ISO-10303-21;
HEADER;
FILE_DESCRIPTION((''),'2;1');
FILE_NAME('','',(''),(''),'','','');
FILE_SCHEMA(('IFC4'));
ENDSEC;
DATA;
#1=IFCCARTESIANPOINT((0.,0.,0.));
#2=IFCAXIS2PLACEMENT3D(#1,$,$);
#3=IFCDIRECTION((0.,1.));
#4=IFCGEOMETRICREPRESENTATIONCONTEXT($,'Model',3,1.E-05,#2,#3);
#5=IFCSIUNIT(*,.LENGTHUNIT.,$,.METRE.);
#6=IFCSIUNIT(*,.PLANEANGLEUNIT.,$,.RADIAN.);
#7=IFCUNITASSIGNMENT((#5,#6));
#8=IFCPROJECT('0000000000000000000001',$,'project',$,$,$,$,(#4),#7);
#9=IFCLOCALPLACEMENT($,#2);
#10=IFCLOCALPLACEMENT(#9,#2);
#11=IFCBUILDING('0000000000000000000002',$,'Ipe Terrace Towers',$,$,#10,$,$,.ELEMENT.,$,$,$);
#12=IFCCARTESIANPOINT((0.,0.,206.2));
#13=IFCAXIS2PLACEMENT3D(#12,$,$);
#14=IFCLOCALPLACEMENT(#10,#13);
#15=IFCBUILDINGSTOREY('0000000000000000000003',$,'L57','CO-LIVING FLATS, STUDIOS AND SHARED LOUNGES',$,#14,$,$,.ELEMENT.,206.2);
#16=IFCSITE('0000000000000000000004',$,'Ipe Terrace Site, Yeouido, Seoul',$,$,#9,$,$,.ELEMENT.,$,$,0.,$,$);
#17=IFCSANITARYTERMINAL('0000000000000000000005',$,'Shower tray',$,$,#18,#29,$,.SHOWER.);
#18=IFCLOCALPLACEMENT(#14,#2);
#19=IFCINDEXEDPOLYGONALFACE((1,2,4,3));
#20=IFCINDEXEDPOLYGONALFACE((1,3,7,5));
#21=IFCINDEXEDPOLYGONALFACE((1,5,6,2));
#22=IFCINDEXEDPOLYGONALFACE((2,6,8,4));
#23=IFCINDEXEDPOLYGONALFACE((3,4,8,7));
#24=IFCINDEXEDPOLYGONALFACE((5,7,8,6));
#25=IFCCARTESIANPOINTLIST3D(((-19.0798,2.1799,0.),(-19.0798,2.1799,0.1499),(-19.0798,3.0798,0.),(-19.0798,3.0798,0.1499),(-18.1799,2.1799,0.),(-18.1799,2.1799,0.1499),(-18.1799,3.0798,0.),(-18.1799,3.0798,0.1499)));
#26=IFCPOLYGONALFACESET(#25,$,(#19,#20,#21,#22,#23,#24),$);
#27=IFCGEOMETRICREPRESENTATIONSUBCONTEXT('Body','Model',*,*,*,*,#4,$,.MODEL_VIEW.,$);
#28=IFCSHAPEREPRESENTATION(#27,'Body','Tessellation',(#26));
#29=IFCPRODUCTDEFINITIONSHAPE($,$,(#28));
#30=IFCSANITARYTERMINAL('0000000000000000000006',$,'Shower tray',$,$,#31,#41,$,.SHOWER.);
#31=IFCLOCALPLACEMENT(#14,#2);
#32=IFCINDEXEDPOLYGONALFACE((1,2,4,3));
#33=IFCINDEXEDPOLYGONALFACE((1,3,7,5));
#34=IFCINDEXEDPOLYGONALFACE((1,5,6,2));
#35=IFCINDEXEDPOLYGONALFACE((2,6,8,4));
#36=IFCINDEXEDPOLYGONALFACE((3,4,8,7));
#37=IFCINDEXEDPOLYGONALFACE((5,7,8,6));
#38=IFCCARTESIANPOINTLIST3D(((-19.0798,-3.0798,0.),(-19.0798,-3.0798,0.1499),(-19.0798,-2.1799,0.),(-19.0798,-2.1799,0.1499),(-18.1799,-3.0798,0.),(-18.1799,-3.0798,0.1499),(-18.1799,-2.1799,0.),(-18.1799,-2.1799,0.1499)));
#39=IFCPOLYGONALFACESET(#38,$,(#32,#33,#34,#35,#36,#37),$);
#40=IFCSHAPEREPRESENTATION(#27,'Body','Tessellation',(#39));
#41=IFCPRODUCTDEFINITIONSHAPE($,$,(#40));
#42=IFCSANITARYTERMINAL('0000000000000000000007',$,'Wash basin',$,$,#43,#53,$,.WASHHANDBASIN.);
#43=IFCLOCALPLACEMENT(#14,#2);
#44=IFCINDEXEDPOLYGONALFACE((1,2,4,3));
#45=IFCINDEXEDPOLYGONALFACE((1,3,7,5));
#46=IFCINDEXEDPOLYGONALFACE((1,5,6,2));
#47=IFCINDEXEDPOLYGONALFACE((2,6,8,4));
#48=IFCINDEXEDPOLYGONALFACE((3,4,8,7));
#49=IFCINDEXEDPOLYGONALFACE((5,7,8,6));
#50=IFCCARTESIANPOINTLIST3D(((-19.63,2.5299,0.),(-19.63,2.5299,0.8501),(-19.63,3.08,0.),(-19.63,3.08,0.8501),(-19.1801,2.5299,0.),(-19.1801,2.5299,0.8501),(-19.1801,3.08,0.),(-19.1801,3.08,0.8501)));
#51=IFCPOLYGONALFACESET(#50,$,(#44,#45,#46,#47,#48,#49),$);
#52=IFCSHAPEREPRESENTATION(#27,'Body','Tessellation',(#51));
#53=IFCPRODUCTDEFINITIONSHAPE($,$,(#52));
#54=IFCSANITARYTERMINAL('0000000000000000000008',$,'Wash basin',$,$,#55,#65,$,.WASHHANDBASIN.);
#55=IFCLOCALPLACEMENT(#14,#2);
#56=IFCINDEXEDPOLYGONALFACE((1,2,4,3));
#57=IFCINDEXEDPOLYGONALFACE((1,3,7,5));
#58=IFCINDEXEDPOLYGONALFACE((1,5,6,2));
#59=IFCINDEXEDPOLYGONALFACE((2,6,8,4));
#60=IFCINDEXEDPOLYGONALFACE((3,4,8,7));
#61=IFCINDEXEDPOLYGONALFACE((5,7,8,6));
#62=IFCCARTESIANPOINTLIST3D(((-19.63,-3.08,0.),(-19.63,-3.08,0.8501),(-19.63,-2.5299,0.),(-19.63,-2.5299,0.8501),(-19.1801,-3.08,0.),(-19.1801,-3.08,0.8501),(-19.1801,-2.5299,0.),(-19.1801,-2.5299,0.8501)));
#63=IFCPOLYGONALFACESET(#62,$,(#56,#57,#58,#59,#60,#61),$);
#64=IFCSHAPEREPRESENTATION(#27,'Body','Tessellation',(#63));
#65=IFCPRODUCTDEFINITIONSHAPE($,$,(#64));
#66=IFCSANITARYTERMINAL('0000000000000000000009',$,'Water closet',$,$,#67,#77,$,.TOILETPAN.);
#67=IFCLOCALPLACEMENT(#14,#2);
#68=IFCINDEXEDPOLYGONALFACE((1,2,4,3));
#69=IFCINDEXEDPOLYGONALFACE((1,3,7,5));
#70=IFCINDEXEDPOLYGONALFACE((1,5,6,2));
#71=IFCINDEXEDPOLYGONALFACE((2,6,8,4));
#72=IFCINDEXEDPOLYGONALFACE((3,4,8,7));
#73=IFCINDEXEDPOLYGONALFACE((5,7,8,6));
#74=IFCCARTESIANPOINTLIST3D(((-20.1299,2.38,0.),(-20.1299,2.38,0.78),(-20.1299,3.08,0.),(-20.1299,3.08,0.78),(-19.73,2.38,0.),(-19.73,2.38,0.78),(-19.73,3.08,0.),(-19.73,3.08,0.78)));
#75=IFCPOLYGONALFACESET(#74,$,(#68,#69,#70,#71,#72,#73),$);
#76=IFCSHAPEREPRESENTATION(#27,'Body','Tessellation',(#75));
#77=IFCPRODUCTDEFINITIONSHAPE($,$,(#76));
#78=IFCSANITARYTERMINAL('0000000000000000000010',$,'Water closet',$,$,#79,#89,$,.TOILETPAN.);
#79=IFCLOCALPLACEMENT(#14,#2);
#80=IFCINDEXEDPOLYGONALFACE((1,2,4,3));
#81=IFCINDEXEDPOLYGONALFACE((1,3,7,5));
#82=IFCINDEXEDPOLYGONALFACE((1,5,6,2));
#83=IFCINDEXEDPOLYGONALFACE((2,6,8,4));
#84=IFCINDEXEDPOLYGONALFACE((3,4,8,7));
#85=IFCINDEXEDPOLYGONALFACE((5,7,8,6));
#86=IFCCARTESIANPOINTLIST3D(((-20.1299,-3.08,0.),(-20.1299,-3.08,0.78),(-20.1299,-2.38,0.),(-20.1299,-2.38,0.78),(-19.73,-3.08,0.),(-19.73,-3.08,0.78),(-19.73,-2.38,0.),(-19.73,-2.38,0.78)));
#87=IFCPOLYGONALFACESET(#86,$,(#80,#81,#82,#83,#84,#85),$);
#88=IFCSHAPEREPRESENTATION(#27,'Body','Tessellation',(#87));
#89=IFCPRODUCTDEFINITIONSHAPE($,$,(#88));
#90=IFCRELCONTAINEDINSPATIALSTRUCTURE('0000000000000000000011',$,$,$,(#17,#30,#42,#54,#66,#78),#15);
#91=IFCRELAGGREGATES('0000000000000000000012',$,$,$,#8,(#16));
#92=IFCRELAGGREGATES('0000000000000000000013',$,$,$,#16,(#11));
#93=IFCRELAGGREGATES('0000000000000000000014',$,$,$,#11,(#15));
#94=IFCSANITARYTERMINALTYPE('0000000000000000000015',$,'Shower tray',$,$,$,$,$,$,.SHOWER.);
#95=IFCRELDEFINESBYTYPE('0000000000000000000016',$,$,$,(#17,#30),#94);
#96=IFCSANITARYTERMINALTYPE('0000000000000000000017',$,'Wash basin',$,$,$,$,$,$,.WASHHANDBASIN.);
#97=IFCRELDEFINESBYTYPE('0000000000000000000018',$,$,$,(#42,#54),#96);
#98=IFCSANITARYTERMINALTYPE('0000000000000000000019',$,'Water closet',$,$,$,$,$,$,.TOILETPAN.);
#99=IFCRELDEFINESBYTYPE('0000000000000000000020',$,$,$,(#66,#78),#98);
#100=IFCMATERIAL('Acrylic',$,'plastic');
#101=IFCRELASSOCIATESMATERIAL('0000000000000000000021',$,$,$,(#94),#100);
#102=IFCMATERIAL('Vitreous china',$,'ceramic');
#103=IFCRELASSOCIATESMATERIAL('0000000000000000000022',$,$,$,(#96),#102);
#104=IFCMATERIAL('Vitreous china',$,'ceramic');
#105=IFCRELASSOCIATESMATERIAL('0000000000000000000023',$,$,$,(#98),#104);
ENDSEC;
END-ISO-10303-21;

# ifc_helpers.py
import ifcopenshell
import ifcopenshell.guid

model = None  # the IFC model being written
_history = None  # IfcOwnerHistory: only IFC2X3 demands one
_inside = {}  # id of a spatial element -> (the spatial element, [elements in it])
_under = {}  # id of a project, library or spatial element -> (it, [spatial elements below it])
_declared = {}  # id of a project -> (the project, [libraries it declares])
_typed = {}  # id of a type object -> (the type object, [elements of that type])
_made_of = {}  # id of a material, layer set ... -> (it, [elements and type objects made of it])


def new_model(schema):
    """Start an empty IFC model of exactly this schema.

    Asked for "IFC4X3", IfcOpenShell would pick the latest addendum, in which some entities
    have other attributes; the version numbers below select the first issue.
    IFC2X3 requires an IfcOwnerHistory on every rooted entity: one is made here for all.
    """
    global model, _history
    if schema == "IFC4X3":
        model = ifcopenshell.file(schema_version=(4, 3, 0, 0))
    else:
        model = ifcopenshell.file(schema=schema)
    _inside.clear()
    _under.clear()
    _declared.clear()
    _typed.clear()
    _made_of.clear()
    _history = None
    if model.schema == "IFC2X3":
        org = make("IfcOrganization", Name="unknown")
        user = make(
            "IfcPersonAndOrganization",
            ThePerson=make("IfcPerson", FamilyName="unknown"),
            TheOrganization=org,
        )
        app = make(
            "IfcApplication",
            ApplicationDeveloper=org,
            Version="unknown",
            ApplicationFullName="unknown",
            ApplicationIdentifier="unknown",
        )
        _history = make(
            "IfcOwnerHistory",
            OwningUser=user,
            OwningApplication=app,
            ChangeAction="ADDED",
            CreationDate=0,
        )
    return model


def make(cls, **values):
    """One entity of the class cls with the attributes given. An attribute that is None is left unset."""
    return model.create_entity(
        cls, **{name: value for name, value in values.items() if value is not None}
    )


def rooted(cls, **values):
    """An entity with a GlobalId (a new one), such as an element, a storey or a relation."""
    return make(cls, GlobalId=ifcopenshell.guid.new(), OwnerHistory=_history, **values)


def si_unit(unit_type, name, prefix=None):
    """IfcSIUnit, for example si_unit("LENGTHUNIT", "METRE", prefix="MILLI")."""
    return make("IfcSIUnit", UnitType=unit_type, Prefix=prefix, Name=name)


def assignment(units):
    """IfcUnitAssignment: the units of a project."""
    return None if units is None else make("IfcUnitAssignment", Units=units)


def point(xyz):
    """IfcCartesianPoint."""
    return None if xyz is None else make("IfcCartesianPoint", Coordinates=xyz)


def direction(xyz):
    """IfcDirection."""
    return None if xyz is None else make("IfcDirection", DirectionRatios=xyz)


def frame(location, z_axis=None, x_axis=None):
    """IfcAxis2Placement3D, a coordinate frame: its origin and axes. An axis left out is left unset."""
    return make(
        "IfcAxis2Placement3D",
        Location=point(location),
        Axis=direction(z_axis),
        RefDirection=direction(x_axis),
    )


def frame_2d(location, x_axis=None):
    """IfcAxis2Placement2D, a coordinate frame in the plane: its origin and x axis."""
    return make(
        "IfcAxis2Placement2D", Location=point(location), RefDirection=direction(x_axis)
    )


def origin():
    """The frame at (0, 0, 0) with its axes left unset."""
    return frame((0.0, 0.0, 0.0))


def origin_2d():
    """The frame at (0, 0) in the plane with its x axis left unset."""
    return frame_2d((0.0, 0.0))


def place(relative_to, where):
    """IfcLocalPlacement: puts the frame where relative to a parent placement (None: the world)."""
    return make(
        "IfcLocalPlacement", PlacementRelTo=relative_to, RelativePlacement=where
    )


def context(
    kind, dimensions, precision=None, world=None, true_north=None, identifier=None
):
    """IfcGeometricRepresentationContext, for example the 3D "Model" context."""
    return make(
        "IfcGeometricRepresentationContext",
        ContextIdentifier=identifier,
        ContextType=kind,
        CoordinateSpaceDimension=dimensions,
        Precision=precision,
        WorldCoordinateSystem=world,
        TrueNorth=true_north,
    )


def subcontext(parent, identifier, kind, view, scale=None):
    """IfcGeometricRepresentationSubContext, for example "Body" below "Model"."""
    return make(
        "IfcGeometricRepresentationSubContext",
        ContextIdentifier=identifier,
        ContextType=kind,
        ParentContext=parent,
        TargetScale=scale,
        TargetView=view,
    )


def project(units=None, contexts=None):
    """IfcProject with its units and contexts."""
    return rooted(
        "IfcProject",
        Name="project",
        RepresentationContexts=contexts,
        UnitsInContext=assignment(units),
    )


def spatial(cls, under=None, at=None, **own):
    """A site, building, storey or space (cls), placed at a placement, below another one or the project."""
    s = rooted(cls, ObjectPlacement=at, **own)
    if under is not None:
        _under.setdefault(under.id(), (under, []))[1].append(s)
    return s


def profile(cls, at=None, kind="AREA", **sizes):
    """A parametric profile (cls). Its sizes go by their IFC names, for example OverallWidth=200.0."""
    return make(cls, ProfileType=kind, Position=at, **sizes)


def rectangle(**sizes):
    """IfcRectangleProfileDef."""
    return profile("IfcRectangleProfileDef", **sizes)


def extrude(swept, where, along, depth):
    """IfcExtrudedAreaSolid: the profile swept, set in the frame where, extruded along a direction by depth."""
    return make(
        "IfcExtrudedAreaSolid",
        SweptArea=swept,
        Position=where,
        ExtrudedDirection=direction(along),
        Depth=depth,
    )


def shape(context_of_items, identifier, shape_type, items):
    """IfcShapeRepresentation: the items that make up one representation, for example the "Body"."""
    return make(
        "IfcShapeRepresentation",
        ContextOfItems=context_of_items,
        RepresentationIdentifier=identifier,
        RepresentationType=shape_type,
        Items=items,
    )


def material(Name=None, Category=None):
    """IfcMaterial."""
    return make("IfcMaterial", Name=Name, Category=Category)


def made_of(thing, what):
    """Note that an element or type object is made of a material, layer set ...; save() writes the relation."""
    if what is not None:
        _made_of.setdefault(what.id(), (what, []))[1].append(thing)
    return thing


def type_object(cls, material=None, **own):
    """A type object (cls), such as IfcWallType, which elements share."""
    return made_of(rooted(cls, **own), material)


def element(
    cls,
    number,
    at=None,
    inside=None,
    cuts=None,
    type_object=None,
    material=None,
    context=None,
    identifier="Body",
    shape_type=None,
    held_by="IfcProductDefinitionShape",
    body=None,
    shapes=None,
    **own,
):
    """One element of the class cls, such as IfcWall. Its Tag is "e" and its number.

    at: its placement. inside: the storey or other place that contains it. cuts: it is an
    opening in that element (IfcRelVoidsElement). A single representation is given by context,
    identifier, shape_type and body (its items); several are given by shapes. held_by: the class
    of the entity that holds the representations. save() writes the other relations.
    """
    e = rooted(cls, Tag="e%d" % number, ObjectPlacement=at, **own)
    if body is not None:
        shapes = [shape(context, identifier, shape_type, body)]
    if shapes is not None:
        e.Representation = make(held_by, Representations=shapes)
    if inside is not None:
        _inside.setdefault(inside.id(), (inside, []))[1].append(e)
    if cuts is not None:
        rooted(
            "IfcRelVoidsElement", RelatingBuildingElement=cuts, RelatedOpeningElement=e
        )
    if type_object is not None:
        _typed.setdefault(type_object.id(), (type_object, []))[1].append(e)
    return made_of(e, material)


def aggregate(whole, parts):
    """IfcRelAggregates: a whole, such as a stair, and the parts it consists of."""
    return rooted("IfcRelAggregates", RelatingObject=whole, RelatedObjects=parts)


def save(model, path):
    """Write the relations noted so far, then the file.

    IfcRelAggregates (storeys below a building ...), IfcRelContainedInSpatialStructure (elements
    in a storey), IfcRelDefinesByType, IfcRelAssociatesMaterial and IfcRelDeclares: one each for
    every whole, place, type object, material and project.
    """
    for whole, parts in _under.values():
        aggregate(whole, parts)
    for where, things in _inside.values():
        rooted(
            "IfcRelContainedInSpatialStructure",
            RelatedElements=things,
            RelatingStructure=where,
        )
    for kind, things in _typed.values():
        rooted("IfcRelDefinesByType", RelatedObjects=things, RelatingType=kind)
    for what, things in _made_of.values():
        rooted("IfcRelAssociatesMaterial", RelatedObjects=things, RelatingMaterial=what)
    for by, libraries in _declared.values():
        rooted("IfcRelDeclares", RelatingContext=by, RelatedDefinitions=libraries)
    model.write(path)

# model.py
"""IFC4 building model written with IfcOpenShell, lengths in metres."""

from ifc_helpers import new_model, si_unit, direction, frame, origin, origin_2d, place, context, subcontext, project, spatial, rectangle, extrude, material, type_object, element, save


model = new_model("IFC4")

# Units and contexts
model_context = context("Model", 3, precision=1e-05, world=origin(), true_north=direction((0.0, 1.0)))
body_context = subcontext(model_context, "Body", "Model", "MODEL_VIEW")
ifc_project = project(units=[si_unit("LENGTHUNIT", "METRE"), si_unit("PLANEANGLEUNIT", "RADIAN")], contexts=[model_context])

# Site, building, storey
site_placement = place(None, origin())
site = spatial("IfcSite", under=ifc_project, at=site_placement, Name="Ipe Terrace Site, Yeouido, Seoul", CompositionType="ELEMENT", RefElevation=0.0)
building_placement = place(site_placement, origin())
building = spatial("IfcBuilding", under=site, at=building_placement, Name="Ipe Terrace Towers", CompositionType="ELEMENT")
storey_placement = place(building_placement, frame((0.0, 0.0, 206.2)))
storey = spatial("IfcBuildingStorey", under=building, at=storey_placement, Name="L57", Description="CO-LIVING FLATS, STUDIOS AND SHARED LOUNGES", CompositionType="ELEMENT", Elevation=206.2)

# Sanitary terminals
ifc_material_1 = material(Name="Acrylic", Category="plastic")
sanitary_terminal_type_1 = type_object("IfcSanitaryTerminalType", Name="Shower tray", PredefinedType="SHOWER", material=ifc_material_1)
for number, where, z_axis, x_axis, name in (
    (1, (-18.6299, 2.6299, 0.0), (0.0, 0.0, 1.0), (0.0, -1.0, 0.0), "Shower tray"),
    (2, (-18.6299, -2.6299, 0.0), (0.0, 0.0, 1.0), (0.0, 1.0, 0.0), "Shower tray"),
):
    element("IfcSanitaryTerminal", number, at=place(storey_placement, frame(where, z_axis=z_axis, x_axis=x_axis)), inside=storey, type_object=sanitary_terminal_type_1, Name=name, PredefinedType="SHOWER", context=body_context, shape_type="SweptSolid", body=[
        extrude(rectangle(XDim=0.8999, YDim=0.8999, at=origin_2d()), origin(), (0.0, 0.0, 1.0), 0.1499),
    ])
ifc_material_2 = material(Name="Vitreous china", Category="ceramic")
sanitary_terminal_type_2 = type_object("IfcSanitaryTerminalType", Name="Wash basin", PredefinedType="WASHHANDBASIN", material=ifc_material_2)
for number, where, z_axis, x_axis, name in (
    (3, (-19.405, 2.8049, 0.0), (0.0, 0.0, 1.0), (0.0, -1.0, 0.0), "Wash basin"),
    (4, (-19.405, -2.8049, 0.0), (0.0, 0.0, 1.0), (0.0, 1.0, 0.0), "Wash basin"),
):
    element("IfcSanitaryTerminal", number, at=place(storey_placement, frame(where, z_axis=z_axis, x_axis=x_axis)), inside=storey, type_object=sanitary_terminal_type_2, Name=name, PredefinedType="WASHHANDBASIN", context=body_context, shape_type="SweptSolid", body=[
        extrude(rectangle(XDim=0.55, YDim=0.45, at=origin_2d()), origin(), (0.0, 0.0, 1.0), 0.8501),
    ])
ifc_material_3 = material(Name="Vitreous china", Category="ceramic")
sanitary_terminal_type_3 = type_object("IfcSanitaryTerminalType", Name="Water closet", PredefinedType="TOILETPAN", material=ifc_material_3)
for number, where, z_axis, x_axis, name in (
    (5, (-19.9299, 2.73, 0.0), (0.0, 0.0, 1.0), (0.0, -1.0, 0.0), "Water closet"),
    (6, (-19.9299, -2.73, 0.0), (0.0, 0.0, 1.0), (0.0, 1.0, 0.0), "Water closet"),
):
    element("IfcSanitaryTerminal", number, at=place(storey_placement, frame(where, z_axis=z_axis, x_axis=x_axis)), inside=storey, type_object=sanitary_terminal_type_3, Name=name, PredefinedType="TOILETPAN", context=body_context, shape_type="SweptSolid", body=[
        extrude(rectangle(XDim=0.7, YDim=0.3999, at=origin_2d()), origin(), (0.0, 0.0, 1.0), 0.78),
    ])

save(model, "model.ifc")
